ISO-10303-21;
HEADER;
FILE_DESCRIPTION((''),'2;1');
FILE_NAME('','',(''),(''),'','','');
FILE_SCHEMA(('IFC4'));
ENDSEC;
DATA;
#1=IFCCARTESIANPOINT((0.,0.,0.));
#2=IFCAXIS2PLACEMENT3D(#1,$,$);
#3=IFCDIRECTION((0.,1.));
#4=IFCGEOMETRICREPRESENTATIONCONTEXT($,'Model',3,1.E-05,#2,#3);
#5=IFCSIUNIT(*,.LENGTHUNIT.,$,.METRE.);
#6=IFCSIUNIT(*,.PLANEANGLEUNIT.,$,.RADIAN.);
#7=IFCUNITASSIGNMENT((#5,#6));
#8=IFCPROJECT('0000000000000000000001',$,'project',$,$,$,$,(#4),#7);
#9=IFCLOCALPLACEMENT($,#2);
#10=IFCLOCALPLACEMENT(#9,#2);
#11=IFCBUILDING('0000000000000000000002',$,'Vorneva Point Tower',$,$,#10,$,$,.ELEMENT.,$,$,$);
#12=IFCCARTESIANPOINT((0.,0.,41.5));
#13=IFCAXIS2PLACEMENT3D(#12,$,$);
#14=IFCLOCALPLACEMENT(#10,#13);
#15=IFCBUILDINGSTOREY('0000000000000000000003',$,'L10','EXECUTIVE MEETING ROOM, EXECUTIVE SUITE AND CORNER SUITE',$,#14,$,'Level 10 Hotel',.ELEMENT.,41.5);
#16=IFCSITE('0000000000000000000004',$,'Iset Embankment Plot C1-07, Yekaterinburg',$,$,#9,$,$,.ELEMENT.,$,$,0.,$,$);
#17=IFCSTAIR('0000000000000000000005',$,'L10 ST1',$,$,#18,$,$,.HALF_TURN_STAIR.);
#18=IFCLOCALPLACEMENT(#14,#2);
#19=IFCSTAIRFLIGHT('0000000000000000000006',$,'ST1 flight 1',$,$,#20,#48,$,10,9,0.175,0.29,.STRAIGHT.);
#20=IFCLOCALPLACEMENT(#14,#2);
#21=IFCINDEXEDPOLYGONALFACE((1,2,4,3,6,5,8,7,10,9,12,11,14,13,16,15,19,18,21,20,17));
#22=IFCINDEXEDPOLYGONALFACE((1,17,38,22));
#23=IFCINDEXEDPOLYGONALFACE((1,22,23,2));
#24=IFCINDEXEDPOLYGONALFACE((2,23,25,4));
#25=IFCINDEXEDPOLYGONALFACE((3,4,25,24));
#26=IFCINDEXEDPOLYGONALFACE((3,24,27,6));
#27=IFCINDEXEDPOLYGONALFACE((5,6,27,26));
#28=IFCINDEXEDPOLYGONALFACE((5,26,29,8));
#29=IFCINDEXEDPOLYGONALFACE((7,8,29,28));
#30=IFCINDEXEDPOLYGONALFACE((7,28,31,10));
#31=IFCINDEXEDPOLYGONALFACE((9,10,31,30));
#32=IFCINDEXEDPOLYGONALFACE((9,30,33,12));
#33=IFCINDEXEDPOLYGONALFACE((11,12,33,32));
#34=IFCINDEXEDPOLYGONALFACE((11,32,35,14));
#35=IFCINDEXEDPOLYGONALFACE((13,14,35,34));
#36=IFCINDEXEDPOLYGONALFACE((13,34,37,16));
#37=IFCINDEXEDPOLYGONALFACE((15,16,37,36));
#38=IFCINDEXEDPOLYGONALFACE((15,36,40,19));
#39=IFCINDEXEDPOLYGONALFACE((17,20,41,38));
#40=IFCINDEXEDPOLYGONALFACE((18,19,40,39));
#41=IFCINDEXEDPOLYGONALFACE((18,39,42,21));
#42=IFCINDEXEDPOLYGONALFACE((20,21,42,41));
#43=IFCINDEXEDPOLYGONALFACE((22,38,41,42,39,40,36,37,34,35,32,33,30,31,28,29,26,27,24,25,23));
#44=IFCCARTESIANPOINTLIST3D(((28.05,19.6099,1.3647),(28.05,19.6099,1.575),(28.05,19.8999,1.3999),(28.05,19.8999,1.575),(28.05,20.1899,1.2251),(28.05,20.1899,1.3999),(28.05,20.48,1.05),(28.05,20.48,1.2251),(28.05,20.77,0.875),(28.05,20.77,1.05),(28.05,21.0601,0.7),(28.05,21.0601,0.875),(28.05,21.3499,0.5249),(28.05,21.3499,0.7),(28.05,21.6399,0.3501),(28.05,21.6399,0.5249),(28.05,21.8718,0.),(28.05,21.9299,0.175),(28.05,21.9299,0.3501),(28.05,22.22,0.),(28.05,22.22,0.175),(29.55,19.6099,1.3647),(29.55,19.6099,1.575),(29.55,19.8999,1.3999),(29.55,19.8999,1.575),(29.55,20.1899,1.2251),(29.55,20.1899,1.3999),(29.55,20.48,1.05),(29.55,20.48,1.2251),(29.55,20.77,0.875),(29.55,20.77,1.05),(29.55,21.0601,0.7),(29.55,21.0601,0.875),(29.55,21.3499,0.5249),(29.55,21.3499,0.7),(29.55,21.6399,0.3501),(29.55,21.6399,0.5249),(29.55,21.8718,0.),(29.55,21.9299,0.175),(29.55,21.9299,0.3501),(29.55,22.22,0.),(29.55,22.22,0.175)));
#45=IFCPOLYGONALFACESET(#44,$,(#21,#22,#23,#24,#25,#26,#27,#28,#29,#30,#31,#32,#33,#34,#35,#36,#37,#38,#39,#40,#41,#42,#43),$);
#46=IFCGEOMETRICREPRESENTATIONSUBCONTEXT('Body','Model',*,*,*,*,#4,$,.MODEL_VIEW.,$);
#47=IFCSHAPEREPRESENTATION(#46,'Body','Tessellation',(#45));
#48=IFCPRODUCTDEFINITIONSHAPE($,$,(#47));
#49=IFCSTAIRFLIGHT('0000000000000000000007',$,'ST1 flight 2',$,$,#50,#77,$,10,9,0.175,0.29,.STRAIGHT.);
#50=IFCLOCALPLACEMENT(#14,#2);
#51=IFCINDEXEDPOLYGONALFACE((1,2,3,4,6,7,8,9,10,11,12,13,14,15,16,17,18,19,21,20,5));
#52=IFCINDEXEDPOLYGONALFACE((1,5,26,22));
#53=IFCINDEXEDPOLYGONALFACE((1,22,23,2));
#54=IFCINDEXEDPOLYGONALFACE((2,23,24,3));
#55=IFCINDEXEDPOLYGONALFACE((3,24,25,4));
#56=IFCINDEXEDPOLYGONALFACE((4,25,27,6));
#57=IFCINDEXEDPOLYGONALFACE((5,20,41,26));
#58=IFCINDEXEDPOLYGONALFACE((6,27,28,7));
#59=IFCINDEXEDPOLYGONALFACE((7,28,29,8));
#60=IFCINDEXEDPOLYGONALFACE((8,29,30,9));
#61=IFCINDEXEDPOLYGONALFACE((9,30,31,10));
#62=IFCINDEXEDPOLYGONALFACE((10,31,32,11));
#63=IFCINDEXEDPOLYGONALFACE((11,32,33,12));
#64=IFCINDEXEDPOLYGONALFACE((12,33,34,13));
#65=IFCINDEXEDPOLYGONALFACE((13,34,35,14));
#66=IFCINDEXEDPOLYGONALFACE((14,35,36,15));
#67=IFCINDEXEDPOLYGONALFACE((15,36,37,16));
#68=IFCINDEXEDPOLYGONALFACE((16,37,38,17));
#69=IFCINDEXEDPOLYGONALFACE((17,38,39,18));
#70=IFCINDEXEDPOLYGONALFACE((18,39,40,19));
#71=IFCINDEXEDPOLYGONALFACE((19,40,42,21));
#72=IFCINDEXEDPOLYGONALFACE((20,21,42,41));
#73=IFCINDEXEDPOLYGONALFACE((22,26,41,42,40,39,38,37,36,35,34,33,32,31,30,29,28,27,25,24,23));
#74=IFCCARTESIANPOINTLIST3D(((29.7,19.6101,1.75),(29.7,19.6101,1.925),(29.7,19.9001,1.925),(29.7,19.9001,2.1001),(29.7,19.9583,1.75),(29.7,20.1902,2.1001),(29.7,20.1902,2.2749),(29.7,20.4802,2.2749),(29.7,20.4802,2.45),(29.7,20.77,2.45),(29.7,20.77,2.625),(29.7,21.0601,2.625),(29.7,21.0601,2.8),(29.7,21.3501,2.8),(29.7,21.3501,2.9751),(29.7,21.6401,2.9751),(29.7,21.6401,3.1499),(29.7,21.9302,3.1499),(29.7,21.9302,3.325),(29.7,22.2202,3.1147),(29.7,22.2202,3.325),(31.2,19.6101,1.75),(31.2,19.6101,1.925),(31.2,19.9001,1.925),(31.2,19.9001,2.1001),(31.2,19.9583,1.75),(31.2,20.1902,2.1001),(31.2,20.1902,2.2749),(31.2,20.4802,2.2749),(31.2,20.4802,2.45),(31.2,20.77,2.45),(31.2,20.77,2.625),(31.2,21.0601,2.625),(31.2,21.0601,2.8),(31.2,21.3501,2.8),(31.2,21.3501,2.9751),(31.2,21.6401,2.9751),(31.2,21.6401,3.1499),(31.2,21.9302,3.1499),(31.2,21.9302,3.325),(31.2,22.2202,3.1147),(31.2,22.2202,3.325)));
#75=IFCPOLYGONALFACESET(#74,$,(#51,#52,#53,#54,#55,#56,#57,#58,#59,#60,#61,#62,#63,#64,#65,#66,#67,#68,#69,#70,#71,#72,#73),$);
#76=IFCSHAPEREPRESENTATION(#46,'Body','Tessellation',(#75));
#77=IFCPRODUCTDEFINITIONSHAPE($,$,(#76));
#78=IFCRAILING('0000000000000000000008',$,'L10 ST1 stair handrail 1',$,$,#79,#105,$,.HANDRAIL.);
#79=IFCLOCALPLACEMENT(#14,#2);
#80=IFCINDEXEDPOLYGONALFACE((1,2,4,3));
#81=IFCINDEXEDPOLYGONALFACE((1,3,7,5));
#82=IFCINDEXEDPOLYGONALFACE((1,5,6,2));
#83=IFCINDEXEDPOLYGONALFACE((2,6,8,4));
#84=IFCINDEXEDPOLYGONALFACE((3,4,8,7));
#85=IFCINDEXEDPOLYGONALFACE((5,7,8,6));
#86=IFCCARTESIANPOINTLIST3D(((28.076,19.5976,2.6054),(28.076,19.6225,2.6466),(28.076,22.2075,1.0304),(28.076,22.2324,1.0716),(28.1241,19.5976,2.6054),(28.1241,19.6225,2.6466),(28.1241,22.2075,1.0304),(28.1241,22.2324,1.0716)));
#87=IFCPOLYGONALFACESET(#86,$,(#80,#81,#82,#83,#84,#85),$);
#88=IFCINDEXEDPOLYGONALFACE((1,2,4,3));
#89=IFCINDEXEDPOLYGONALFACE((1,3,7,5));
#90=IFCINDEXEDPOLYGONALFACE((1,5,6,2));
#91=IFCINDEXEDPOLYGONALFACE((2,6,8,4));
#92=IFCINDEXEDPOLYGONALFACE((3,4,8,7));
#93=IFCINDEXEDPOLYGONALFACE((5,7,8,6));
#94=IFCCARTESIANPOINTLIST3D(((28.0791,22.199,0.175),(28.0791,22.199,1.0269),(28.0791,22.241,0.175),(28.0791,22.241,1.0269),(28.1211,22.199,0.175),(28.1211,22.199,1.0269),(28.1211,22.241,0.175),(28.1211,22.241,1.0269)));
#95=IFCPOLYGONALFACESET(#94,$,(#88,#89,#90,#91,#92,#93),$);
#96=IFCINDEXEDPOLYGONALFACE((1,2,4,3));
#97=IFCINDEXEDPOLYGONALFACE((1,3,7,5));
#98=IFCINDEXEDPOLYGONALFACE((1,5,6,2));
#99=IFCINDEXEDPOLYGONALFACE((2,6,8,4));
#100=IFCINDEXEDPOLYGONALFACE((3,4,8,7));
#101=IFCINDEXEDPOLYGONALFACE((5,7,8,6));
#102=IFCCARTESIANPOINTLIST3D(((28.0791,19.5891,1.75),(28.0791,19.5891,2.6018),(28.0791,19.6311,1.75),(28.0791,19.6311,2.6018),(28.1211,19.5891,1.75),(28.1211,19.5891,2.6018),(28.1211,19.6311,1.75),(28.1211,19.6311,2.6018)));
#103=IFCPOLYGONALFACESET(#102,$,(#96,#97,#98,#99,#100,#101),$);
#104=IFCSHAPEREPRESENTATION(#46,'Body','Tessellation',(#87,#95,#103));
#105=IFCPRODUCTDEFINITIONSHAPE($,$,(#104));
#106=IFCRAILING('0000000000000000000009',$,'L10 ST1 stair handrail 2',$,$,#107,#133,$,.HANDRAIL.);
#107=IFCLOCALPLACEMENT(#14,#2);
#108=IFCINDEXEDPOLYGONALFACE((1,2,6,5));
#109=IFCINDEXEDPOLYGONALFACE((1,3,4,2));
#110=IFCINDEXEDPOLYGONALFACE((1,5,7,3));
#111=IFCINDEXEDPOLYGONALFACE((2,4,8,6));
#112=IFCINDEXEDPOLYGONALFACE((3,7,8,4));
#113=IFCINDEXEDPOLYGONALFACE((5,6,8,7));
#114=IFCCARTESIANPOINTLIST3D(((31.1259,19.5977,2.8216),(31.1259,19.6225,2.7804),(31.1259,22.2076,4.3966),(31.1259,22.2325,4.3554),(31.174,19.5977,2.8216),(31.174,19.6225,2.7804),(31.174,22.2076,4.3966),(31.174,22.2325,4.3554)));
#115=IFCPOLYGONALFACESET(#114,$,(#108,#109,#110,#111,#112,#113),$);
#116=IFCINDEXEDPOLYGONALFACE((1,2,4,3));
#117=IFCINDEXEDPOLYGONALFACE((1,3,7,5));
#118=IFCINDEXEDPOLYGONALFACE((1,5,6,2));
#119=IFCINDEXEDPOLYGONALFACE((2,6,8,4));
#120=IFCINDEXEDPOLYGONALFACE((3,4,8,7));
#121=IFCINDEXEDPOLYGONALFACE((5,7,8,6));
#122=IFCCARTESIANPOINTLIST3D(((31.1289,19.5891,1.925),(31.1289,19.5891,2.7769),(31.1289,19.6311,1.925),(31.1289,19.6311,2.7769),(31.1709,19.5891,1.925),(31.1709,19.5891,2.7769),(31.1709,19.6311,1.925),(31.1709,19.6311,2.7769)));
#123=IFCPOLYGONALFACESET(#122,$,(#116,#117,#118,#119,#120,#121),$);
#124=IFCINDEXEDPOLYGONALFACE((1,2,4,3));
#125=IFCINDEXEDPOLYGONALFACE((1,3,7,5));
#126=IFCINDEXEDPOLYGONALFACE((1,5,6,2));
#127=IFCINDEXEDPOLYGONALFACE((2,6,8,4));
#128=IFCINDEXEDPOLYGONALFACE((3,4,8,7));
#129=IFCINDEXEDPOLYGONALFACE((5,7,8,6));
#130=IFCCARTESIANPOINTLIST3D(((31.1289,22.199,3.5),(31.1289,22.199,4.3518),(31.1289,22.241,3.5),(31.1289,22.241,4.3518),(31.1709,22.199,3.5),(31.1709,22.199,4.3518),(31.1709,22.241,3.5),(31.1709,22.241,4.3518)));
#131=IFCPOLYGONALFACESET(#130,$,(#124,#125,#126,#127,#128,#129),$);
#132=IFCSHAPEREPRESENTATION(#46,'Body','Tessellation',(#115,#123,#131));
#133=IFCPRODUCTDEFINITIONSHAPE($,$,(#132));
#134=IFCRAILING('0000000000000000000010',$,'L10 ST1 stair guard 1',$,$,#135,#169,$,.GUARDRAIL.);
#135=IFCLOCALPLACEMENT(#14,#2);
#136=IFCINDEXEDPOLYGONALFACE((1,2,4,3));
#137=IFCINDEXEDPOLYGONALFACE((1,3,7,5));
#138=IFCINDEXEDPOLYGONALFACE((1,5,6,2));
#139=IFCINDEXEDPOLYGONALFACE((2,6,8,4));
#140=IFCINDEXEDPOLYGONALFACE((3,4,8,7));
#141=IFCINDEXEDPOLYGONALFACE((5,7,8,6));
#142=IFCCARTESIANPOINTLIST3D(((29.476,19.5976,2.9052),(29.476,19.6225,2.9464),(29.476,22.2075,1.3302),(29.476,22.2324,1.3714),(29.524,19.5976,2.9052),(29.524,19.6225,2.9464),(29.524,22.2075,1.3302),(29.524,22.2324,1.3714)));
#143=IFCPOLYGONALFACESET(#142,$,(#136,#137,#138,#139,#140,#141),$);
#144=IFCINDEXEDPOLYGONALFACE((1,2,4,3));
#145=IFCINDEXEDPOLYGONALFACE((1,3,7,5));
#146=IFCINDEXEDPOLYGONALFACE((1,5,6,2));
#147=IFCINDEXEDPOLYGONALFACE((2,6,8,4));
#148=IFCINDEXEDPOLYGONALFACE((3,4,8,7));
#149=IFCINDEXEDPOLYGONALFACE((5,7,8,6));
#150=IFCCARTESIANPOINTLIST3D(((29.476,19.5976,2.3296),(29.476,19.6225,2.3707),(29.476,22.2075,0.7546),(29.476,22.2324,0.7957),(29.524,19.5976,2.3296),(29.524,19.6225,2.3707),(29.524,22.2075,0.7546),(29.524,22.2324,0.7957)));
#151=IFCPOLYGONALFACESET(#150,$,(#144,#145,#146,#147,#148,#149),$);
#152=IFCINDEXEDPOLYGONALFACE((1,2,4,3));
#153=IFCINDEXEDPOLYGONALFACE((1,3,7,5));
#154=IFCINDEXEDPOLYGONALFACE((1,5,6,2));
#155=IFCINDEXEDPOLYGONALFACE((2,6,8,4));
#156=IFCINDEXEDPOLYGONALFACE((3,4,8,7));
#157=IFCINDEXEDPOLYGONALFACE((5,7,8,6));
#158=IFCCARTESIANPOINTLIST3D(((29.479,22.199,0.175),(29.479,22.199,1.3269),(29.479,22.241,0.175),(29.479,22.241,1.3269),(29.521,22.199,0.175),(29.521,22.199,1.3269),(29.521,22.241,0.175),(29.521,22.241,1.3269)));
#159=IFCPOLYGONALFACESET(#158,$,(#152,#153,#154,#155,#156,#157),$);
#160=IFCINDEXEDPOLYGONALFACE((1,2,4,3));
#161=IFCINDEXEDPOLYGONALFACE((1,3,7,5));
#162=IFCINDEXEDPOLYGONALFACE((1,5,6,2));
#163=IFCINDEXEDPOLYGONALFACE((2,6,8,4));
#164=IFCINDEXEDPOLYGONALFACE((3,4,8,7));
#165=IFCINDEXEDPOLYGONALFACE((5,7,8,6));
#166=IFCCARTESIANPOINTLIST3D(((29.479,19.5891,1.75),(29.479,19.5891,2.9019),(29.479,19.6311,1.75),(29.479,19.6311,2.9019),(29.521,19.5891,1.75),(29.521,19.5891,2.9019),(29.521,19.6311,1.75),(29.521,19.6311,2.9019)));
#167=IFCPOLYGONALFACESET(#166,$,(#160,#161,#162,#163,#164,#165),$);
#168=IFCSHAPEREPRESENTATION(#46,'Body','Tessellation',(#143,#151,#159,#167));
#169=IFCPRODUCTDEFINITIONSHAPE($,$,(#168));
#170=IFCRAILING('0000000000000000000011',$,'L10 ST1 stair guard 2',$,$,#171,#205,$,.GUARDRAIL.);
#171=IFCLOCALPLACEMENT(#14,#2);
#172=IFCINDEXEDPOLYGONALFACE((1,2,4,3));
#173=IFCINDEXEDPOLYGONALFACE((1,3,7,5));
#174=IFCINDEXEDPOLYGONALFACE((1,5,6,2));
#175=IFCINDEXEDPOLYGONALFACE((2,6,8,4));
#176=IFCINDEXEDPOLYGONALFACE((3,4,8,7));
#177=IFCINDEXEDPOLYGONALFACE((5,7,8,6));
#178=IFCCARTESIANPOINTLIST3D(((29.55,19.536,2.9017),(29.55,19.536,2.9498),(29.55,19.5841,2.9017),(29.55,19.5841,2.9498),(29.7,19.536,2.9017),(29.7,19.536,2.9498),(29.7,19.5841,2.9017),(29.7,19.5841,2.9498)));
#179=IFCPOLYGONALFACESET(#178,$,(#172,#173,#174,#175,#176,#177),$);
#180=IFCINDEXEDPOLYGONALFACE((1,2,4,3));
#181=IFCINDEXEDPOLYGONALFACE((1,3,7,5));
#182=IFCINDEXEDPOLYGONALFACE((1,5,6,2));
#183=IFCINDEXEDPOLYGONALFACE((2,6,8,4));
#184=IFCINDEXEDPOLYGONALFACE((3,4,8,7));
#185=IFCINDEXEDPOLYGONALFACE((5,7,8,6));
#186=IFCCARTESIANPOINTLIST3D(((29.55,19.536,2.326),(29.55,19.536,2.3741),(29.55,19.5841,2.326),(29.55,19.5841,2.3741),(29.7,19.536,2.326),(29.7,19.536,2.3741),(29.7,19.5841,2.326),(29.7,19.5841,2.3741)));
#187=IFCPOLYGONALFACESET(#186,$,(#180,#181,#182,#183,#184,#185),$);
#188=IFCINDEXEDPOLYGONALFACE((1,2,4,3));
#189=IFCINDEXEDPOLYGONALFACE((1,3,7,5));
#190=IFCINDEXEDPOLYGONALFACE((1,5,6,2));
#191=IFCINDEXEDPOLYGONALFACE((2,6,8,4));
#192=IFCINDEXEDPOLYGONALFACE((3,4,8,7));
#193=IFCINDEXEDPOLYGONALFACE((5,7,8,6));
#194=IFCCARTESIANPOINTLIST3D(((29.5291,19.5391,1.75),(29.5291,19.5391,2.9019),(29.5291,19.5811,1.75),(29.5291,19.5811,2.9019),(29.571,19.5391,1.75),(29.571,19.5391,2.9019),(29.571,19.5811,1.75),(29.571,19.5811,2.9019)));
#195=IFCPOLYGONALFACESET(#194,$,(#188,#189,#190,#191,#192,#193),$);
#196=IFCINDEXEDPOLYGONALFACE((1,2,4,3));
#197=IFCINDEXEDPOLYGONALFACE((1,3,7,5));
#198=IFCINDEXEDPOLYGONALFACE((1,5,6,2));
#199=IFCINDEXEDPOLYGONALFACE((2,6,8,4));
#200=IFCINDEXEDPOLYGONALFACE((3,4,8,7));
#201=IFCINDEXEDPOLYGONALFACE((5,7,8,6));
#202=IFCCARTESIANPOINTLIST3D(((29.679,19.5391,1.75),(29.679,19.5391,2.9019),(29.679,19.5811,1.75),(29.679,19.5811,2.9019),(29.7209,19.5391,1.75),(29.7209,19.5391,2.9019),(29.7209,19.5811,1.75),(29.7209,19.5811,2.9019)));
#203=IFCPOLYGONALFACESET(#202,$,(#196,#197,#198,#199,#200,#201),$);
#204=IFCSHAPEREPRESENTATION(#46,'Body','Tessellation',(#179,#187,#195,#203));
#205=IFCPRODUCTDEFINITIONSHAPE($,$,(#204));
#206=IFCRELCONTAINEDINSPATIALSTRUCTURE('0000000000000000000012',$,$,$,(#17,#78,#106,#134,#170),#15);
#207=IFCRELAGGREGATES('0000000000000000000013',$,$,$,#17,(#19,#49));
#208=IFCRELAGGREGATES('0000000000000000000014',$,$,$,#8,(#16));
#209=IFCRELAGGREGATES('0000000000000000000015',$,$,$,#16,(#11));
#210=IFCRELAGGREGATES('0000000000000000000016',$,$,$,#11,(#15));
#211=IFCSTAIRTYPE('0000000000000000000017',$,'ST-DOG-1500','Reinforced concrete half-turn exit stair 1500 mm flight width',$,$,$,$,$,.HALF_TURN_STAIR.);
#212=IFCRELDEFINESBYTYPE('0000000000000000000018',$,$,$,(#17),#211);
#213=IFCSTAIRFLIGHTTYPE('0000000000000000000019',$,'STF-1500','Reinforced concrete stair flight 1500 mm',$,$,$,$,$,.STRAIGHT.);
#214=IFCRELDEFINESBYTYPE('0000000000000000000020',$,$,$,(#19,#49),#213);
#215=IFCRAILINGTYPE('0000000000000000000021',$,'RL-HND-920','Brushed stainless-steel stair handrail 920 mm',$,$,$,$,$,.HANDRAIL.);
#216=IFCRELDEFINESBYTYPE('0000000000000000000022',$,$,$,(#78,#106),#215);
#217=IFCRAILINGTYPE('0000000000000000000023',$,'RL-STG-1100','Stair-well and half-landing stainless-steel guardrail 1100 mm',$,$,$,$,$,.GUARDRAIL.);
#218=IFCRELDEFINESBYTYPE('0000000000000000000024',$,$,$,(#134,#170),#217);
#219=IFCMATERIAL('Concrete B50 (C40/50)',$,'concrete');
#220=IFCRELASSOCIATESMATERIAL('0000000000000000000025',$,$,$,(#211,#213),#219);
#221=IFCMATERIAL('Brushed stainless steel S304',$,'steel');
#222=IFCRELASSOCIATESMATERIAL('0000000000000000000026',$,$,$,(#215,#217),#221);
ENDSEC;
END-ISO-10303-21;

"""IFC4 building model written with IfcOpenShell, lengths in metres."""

from ifc_helpers import new_model, si_unit, direction, frame, origin, origin_2d, place, context, subcontext, project, spatial, polyline, rectangle, outline, extrude, material, type_object, element, aggregate, save


model = new_model("IFC4")

# Units and contexts
model_context = context("Model", 3, precision=1e-05, world=origin(), true_north=direction((0.0, 1.0)))
body_context = subcontext(model_context, "Body", "Model", "MODEL_VIEW")
ifc_project = project(units=[si_unit("LENGTHUNIT", "METRE"), si_unit("PLANEANGLEUNIT", "RADIAN")], contexts=[model_context])

# Site, building, storey
site_placement = place(None, origin())
site = spatial("IfcSite", under=ifc_project, at=site_placement, Name="Iset Embankment Plot C1-07, Yekaterinburg", CompositionType="ELEMENT", RefElevation=0.0)
building_placement = place(site_placement, origin())
building = spatial("IfcBuilding", under=site, at=building_placement, Name="Vorneva Point Tower", CompositionType="ELEMENT")
storey_placement = place(building_placement, frame((0.0, 0.0, 41.5)))
storey = spatial("IfcBuildingStorey", under=building, at=storey_placement, Name="L10", Description="EXECUTIVE MEETING ROOM, EXECUTIVE SUITE AND CORNER SUITE", LongName="Level 10 Hotel", CompositionType="ELEMENT", Elevation=41.5)

# Shared definitions
ifc_material_1 = material(Name="Concrete B50 (C40/50)", Category="concrete")

# Stair, stair flights
stair_type = type_object("IfcStairType", Name="ST-DOG-1500", Description="Reinforced concrete half-turn exit stair 1500 mm flight width", PredefinedType="HALF_TURN_STAIR", material=ifc_material_1)
stair_placement = place(storey_placement, origin())
stair = element("IfcStair", 1, at=stair_placement, inside=storey, type_object=stair_type, Name="L10 ST1", PredefinedType="HALF_TURN_STAIR")
stair_flight_type = type_object("IfcStairFlightType", Name="STF-1500", Description="Reinforced concrete stair flight 1500 mm", PredefinedType="STRAIGHT", material=ifc_material_1)
stair_flight_1_placement = place(storey_placement, frame((28.8, 22.22, 0.0), z_axis=(0.0, 0.0, 1.0), x_axis=(0.0, -1.0, 0.0)))
stair_flight_1 = element("IfcStairFlight", 2, at=stair_flight_1_placement, type_object=stair_flight_type, Name="ST1 flight 1", NumberOfRisers=10, NumberOfTreads=9, PredefinedType="STRAIGHT", RiserHeight=0.175, TreadLength=0.29, context=body_context, shape_type="SweptSolid", body=[
    extrude(outline(polyline([(0.0, 0.0), (0.0, 0.175), (0.29, 0.175), (0.29, 0.3501), (0.5801, 0.3501), (0.5801, 0.5249), (0.8701, 0.5249), (0.8701, 0.7), (1.1599, 0.7), (1.1599, 0.875), (1.45, 0.875), (1.45, 1.05), (1.74, 1.05), (1.74, 1.2251), (2.03, 1.2251), (2.03, 1.3999), (2.3201, 1.3999), (2.3201, 1.575), (2.6101, 1.575), (2.6101, 1.75), (2.6101, 1.3647), (0.3481, 0.0), (0.0, 0.0)])), frame((0.0, 0.75, 0.0), z_axis=(0.0, -1.0, 0.0), x_axis=(1.0, 0.0, 0.0)), (0.0, 0.0, 1.0), 1.5),
])
stair_flight_2_placement = place(storey_placement, frame((30.45, 19.6101, 1.75), z_axis=(0.0, 0.0, 1.0), x_axis=(0.0, 1.0, 0.0)))
stair_flight_2 = element("IfcStairFlight", 3, at=stair_flight_2_placement, type_object=stair_flight_type, Name="ST1 flight 2", NumberOfRisers=10, NumberOfTreads=9, PredefinedType="STRAIGHT", RiserHeight=0.175, TreadLength=0.29, context=body_context, shape_type="SweptSolid", body=[
    extrude(outline(polyline([(0.0, 0.0), (0.0, 0.175), (0.29, 0.175), (0.29, 0.3501), (0.5801, 0.3501), (0.5801, 0.5249), (0.8701, 0.5249), (0.8701, 0.7), (1.1599, 0.7), (1.1599, 0.875), (1.45, 0.875), (1.45, 1.05), (1.74, 1.05), (1.74, 1.2251), (2.03, 1.2251), (2.03, 1.3999), (2.3201, 1.3999), (2.3201, 1.575), (2.6101, 1.575), (2.6101, 1.75), (2.6101, 1.3647), (0.3481, 0.0), (0.0, 0.0)])), frame((0.0, 0.75, 0.0), z_axis=(0.0, -1.0, 0.0), x_axis=(1.0, 0.0, 0.0)), (0.0, 0.0, 1.0), 1.5),
])
aggregate(stair, [stair_flight_1, stair_flight_2])

# Railings
ifc_material_2 = material(Name="Brushed stainless steel S304", Category="steel")
railing_type_1 = type_object("IfcRailingType", Name="RL-HND-920", Description="Brushed stainless-steel stair handrail 920 mm", PredefinedType="HANDRAIL", material=ifc_material_2)
railing_1_placement = place(storey_placement, frame((28.1001, 22.22, 0.175)))
element("IfcRailing", 4, at=railing_1_placement, inside=storey, type_object=railing_type_1, Name="L10 ST1 stair handrail 1", PredefinedType="HANDRAIL", context=body_context, shape_type="SweptSolid", body=[
    extrude(rectangle(XDim=0.0481, YDim=0.0481, at=origin_2d()), frame((0.0, 0.0, 0.876), z_axis=(0.0, -0.856183, 0.516673), x_axis=(1.0, 0.0, 0.0)), (0.0, 0.0, 1.0), 3.0483),
    extrude(rectangle(XDim=0.042, YDim=0.042, at=origin_2d()), origin(), (0.0, 0.0, 1.0), 0.8518),
    extrude(rectangle(XDim=0.042, YDim=0.042, at=origin_2d()), frame((0.0, -2.6099, 1.575)), (0.0, 0.0, 1.0), 0.8518),
])
railing_2_placement = place(storey_placement, frame((31.1499, 19.6101, 1.925)))
element("IfcRailing", 5, at=railing_2_placement, inside=storey, type_object=railing_type_1, Name="L10 ST1 stair handrail 2", PredefinedType="HANDRAIL", context=body_context, shape_type="SweptSolid", body=[
    extrude(rectangle(XDim=0.0481, YDim=0.0481, at=origin_2d()), frame((0.0, 0.0, 0.876), z_axis=(0.0, 0.856183, 0.516673), x_axis=(-1.0, 0.0, 0.0)), (0.0, 0.0, 1.0), 3.0483),
    extrude(rectangle(XDim=0.042, YDim=0.042, at=origin_2d()), origin(), (0.0, 0.0, 1.0), 0.8518),
    extrude(rectangle(XDim=0.042, YDim=0.042, at=origin_2d()), frame((0.0, 2.6099, 1.575)), (0.0, 0.0, 1.0), 0.8518),
])
railing_type_2 = type_object("IfcRailingType", Name="RL-STG-1100", Description="Stair-well and half-landing stainless-steel guardrail 1100 mm", PredefinedType="GUARDRAIL", material=ifc_material_2)
railing_3_placement = place(storey_placement, frame((29.5, 22.22, 0.175)))
element("IfcRailing", 6, at=railing_3_placement, inside=storey, type_object=railing_type_2, Name="L10 ST1 stair guard 1", PredefinedType="GUARDRAIL", context=body_context, shape_type="SweptSolid", body=[
    extrude(rectangle(XDim=0.0481, YDim=0.0481, at=origin_2d()), frame((0.0, 0.0, 1.1758), z_axis=(0.0, -0.856183, 0.516673), x_axis=(1.0, 0.0, 0.0)), (0.0, 0.0, 1.0), 3.0483),
    extrude(rectangle(XDim=0.0481, YDim=0.0481, at=origin_2d()), frame((0.0, 0.0, 0.6001), z_axis=(0.0, -0.856183, 0.516673), x_axis=(1.0, 0.0, 0.0)), (0.0, 0.0, 1.0), 3.0483),
    extrude(rectangle(XDim=0.042, YDim=0.042, at=origin_2d()), origin(), (0.0, 0.0, 1.0), 1.1519),
    extrude(rectangle(XDim=0.042, YDim=0.042, at=origin_2d()), frame((0.0, -2.6099, 1.575)), (0.0, 0.0, 1.0), 1.1519),
])
railing_4_placement = place(storey_placement, frame((29.55, 19.5601, 1.75)))
element("IfcRailing", 7, at=railing_4_placement, inside=storey, type_object=railing_type_2, Name="L10 ST1 stair guard 2", PredefinedType="GUARDRAIL", context=body_context, shape_type="SweptSolid", body=[
    extrude(rectangle(XDim=0.0481, YDim=0.0481, at=origin_2d()), frame((0.0, 0.0, 1.1758), z_axis=(1.0, 0.0, 0.0), x_axis=(0.0, 1.0, 0.0)), (0.0, 0.0, 1.0), 0.1499),
    extrude(rectangle(XDim=0.0481, YDim=0.0481, at=origin_2d()), frame((0.0, 0.0, 0.6001), z_axis=(1.0, 0.0, 0.0), x_axis=(0.0, 1.0, 0.0)), (0.0, 0.0, 1.0), 0.1499),
    extrude(rectangle(XDim=0.042, YDim=0.042, at=origin_2d()), origin(), (0.0, 0.0, 1.0), 1.1519),
    extrude(rectangle(XDim=0.042, YDim=0.042, at=origin_2d()), frame((0.1499, 0.0, 0.0)), (0.0, 0.0, 1.0), 1.1519),
])

save(model, "model.ifc")
